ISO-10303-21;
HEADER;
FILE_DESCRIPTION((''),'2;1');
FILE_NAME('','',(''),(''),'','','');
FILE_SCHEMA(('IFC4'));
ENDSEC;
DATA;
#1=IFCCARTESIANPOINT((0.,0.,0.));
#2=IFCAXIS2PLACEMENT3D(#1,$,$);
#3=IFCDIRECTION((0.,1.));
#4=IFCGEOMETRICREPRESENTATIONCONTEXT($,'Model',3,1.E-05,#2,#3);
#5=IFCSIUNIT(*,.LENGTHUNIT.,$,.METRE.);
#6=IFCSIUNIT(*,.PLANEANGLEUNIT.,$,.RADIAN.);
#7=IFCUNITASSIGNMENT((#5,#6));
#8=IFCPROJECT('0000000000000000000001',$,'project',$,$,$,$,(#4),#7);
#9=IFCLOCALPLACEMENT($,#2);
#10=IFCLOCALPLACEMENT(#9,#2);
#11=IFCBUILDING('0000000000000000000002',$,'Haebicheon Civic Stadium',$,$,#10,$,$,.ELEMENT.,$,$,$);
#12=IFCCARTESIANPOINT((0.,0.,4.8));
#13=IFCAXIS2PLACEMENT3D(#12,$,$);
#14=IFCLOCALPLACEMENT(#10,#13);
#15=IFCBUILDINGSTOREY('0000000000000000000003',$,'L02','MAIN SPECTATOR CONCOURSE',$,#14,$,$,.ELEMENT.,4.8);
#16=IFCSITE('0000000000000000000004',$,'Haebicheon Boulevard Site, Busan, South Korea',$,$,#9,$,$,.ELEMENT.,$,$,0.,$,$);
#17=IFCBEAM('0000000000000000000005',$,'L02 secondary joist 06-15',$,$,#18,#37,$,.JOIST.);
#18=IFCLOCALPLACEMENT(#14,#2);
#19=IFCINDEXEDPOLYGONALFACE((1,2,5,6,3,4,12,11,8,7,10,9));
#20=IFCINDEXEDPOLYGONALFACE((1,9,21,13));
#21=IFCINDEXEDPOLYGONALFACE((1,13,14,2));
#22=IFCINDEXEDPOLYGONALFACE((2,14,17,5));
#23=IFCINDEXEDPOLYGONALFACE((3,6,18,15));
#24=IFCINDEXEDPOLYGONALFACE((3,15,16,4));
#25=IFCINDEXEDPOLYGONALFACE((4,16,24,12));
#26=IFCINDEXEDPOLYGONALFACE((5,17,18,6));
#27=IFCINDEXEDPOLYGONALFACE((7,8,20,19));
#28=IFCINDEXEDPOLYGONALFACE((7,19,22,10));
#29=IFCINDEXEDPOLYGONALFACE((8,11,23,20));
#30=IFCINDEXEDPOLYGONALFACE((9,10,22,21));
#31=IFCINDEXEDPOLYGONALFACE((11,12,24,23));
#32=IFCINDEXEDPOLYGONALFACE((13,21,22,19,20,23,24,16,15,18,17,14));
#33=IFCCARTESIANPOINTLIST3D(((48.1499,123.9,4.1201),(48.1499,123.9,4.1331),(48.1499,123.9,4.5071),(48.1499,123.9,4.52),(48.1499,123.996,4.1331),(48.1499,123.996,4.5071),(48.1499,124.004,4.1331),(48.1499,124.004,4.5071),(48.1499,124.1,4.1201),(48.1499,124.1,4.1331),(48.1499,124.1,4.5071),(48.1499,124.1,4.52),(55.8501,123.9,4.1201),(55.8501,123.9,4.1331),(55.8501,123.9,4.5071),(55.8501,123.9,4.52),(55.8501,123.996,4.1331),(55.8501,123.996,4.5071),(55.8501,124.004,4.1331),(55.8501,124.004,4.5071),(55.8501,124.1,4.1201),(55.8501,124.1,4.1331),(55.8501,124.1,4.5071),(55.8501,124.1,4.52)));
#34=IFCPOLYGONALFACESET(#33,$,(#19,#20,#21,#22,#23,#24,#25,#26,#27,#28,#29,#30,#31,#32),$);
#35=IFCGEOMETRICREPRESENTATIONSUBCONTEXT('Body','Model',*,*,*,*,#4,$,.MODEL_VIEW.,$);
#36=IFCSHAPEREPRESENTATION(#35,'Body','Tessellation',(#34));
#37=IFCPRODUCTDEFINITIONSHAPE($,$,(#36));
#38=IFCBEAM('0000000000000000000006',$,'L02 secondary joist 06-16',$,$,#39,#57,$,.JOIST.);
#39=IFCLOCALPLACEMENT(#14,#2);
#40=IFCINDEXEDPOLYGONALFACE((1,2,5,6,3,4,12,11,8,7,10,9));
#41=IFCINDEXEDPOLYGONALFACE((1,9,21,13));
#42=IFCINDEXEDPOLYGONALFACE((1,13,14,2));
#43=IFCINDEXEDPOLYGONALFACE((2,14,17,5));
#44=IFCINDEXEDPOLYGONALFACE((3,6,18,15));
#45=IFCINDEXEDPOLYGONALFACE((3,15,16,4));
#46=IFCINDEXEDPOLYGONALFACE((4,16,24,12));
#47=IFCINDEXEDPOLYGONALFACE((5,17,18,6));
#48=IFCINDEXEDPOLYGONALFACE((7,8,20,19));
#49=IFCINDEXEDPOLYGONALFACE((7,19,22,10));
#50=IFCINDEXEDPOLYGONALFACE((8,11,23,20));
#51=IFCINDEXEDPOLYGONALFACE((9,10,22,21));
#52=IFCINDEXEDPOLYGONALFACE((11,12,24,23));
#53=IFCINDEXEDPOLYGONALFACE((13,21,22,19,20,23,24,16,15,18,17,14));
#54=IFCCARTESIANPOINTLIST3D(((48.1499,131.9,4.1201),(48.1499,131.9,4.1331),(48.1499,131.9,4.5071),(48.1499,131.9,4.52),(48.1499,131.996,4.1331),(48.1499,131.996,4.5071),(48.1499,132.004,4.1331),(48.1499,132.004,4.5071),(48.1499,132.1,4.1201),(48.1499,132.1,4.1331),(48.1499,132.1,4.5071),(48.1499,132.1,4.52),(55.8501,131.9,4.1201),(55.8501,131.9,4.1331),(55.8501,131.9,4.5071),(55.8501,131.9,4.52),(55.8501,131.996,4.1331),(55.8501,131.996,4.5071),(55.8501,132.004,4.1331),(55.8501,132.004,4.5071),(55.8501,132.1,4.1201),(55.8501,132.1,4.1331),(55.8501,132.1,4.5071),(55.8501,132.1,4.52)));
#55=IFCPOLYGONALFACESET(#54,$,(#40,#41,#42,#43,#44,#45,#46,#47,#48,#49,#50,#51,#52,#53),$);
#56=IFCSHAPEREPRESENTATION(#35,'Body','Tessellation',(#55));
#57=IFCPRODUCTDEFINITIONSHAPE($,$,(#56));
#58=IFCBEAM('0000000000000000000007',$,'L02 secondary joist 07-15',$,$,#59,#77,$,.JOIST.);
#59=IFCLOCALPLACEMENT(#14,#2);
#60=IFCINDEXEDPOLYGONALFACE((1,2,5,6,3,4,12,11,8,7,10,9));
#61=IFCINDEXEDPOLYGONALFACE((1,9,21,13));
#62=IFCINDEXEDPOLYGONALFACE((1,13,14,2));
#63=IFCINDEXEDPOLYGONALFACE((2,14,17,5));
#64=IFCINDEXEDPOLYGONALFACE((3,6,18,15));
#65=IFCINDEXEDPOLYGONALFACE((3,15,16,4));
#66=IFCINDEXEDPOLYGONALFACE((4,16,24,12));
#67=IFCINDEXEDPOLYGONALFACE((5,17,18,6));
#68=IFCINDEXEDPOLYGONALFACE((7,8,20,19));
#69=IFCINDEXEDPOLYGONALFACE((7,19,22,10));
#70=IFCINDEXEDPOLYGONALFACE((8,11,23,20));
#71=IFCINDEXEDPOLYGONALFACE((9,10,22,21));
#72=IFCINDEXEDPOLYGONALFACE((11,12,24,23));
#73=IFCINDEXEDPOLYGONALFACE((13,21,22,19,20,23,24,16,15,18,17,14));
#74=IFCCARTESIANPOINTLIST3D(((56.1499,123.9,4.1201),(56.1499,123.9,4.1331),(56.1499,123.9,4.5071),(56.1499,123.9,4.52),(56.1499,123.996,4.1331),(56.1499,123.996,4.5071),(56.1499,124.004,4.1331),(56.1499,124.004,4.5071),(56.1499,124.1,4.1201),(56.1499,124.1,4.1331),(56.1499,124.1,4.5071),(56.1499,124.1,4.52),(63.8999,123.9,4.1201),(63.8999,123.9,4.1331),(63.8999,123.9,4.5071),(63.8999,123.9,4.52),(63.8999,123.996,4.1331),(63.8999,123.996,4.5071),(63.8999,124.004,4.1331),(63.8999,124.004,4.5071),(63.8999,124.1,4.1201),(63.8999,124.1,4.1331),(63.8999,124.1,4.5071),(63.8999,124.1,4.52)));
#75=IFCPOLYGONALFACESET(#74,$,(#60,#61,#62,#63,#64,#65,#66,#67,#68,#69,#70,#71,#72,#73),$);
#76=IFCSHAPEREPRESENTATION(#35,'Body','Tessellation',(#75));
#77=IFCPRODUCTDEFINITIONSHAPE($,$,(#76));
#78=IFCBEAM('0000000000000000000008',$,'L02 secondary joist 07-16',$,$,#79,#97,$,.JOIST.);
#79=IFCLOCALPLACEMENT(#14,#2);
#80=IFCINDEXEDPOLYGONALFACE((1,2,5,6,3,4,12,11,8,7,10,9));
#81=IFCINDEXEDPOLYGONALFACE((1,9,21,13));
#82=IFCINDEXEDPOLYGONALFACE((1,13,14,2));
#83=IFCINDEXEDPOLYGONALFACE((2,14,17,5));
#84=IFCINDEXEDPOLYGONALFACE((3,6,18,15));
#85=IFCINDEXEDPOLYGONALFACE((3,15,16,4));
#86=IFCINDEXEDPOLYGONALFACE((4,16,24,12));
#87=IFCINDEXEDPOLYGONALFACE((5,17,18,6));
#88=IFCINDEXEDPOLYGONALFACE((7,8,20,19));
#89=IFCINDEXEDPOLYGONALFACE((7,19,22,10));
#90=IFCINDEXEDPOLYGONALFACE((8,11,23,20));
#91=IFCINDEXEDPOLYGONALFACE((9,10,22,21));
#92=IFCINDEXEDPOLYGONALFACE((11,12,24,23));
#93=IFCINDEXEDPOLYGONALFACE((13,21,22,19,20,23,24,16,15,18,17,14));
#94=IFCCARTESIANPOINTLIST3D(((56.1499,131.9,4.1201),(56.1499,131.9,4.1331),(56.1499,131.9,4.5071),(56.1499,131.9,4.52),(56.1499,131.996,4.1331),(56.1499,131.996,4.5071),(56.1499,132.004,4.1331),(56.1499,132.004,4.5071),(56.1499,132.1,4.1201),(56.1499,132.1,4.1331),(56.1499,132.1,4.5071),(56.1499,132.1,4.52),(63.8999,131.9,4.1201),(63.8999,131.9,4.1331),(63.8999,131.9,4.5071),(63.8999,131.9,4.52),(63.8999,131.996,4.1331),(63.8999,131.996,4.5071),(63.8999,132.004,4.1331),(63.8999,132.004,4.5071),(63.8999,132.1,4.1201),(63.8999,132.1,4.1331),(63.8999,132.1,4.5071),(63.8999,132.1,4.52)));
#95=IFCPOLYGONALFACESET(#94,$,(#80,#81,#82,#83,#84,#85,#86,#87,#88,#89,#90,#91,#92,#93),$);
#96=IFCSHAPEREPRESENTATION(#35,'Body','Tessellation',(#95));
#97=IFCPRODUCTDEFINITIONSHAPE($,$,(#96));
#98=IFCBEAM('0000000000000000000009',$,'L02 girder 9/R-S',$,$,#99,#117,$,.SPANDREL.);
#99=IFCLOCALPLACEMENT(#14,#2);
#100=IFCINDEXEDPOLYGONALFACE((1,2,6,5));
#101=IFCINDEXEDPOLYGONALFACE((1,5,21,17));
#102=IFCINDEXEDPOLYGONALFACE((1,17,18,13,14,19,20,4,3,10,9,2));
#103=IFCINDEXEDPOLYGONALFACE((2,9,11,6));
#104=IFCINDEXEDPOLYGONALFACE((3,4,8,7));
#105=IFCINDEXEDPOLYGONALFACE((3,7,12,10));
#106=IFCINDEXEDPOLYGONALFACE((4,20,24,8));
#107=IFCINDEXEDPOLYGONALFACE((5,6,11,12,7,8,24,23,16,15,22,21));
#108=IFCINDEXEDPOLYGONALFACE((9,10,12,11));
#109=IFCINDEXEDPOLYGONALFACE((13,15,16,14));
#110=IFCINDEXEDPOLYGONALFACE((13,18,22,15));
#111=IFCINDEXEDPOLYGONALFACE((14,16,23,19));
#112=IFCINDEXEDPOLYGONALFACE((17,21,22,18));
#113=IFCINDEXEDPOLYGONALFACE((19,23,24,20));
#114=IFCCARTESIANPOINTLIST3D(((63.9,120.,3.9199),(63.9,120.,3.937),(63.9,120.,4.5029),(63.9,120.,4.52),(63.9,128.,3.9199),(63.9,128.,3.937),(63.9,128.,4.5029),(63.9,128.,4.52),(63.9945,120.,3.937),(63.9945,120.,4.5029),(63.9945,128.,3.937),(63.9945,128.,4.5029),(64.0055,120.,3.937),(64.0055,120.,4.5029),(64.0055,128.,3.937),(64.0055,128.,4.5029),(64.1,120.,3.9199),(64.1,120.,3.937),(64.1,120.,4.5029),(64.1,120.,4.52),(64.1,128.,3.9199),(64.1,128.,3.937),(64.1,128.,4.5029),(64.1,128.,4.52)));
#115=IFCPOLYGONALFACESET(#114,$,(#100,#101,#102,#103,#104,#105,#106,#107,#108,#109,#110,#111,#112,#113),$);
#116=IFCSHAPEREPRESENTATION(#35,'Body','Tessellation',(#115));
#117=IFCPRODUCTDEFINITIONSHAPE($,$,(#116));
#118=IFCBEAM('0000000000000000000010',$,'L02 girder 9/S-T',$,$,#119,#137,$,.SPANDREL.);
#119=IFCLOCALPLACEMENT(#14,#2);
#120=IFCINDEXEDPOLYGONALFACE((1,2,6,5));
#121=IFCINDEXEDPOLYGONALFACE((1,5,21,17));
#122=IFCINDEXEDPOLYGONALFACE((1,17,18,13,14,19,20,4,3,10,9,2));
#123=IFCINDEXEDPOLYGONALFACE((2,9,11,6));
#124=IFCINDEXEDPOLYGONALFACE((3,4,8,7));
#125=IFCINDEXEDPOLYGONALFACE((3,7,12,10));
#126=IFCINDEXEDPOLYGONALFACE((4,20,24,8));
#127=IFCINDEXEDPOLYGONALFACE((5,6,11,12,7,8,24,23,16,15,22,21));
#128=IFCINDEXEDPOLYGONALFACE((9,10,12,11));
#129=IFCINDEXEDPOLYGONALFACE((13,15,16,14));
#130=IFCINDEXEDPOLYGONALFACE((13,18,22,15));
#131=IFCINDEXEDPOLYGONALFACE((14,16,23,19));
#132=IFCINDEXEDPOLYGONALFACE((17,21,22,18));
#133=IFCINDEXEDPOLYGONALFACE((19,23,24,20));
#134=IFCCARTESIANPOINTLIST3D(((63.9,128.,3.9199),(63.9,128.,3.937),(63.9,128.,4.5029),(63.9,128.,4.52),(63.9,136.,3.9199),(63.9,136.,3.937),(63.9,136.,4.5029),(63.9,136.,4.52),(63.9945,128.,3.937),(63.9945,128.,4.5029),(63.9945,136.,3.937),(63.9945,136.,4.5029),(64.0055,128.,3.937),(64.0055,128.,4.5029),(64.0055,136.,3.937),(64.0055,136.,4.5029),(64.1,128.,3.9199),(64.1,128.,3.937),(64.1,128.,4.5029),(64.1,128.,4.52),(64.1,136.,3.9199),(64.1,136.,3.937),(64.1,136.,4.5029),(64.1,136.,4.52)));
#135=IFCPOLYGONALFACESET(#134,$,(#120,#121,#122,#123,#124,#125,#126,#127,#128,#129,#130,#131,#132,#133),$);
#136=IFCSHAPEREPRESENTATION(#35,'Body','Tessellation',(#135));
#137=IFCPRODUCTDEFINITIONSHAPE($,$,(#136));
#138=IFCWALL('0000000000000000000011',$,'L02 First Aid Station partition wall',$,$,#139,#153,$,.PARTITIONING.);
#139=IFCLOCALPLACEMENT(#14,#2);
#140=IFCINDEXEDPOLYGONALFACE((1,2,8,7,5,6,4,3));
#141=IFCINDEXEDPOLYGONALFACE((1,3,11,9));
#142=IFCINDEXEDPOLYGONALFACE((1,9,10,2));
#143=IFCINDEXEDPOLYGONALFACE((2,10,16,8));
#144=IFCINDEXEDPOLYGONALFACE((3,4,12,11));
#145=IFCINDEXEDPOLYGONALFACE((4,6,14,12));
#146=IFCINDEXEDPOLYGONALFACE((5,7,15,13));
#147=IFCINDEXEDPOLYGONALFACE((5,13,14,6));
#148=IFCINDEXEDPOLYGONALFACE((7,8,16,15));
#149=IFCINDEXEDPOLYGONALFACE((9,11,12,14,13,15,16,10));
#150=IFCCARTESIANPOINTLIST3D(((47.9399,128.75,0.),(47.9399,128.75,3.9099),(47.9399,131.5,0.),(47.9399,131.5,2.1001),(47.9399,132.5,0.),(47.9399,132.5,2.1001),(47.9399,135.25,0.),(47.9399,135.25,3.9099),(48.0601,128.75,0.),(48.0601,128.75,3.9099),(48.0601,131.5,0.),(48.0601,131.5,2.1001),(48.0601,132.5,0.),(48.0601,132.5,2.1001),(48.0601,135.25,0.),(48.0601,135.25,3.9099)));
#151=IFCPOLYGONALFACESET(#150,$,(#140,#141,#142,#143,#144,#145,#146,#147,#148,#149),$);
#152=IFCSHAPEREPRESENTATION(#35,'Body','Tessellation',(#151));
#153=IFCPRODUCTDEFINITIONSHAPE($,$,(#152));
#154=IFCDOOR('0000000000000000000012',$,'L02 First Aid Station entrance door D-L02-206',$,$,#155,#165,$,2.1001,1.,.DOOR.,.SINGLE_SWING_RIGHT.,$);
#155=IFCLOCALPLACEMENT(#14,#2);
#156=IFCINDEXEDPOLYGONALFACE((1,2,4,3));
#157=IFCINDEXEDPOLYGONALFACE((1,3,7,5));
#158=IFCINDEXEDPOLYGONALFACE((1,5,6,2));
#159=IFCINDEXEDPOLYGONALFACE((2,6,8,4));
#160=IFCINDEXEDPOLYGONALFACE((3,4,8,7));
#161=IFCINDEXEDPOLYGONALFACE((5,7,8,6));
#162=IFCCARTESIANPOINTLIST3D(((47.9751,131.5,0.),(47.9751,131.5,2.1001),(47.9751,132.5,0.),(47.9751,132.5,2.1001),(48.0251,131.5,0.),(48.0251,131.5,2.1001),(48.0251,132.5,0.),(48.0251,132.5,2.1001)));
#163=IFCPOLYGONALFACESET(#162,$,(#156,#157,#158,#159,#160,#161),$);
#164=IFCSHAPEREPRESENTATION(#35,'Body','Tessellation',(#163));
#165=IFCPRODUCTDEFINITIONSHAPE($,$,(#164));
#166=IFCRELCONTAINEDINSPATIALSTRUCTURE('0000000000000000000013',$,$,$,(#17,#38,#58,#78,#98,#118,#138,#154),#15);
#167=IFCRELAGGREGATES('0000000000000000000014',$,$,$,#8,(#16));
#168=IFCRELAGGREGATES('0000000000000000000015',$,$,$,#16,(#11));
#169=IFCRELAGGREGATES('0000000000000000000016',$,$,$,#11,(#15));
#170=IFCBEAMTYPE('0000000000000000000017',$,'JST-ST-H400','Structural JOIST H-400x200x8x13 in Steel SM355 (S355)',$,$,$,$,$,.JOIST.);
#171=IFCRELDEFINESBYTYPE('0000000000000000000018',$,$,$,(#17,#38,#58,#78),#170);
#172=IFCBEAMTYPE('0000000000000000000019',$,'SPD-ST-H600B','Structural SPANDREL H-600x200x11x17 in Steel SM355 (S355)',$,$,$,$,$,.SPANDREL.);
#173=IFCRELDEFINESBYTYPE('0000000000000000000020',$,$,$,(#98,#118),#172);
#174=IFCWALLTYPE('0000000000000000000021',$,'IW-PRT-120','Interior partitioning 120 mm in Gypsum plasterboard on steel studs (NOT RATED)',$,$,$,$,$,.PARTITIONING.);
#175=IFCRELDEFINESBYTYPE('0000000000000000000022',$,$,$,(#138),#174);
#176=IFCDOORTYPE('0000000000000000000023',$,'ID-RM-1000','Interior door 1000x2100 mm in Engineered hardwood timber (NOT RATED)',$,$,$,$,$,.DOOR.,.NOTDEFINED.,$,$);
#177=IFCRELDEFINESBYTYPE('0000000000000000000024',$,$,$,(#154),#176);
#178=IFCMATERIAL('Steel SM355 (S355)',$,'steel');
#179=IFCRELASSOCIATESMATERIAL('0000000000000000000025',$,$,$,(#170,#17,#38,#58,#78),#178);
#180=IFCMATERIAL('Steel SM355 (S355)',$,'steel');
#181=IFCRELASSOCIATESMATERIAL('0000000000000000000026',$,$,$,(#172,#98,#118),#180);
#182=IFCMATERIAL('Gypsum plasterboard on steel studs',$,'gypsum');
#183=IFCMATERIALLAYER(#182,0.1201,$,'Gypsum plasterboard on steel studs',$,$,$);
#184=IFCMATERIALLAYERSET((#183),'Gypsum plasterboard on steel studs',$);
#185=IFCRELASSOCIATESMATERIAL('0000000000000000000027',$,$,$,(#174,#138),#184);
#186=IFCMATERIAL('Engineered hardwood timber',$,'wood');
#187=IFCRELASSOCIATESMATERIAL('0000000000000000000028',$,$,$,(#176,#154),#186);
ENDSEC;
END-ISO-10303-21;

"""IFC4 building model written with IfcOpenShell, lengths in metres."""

from ifc_helpers import new_model, si_unit, direction, frame, frame_2d, origin, origin_2d, place, context, subcontext, project, spatial, rectangle, i_section, extrude, material, layer, layer_set, material_profile, profile_set, type_object, element, fill, save


model = new_model("IFC4")

# Units and contexts
model_context = context("Model", 3, precision=1e-05, world=origin(), true_north=direction((0.0, 1.0)))
body_context = subcontext(model_context, "Body", "Model", "MODEL_VIEW")
ifc_project = project(units=[si_unit("LENGTHUNIT", "METRE"), si_unit("PLANEANGLEUNIT", "RADIAN")], contexts=[model_context])

# Site, building, storey
site_placement = place(None, origin())
site = spatial("IfcSite", under=ifc_project, at=site_placement, Name="Haebicheon Boulevard Site, Busan, South Korea", CompositionType="ELEMENT", RefElevation=0.0)
building_placement = place(site_placement, origin())
building = spatial("IfcBuilding", under=site, at=building_placement, Name="Haebicheon Civic Stadium", CompositionType="ELEMENT")
storey_placement = place(building_placement, frame((0.0, 0.0, 4.8)))
storey = spatial("IfcBuildingStorey", under=building, at=storey_placement, Name="L02", Description="MAIN SPECTATOR CONCOURSE", CompositionType="ELEMENT", Elevation=4.8)

# Beams
ifc_material_1 = material(Name="Steel SM355 (S355)", Category="steel")
ifc_material_profile_1 = material_profile(ifc_material_1, i_section(OverallWidth=0.2, OverallDepth=0.3999, WebThickness=0.0081, FlangeThickness=0.0129, at=origin_2d()), Name="H-400x200x8x13")
ifc_profile_set_1 = profile_set([ifc_material_profile_1], Name="Steel SM355 (S355)")
beam_type_1 = type_object("IfcBeamType", Name="JST-ST-H400", Description="Structural JOIST H-400x200x8x13 in Steel SM355 (S355)", PredefinedType="JOIST", material=ifc_profile_set_1)
for number, where, z_axis, x_axis, name in (
    (1, (48.1499, 124.0, 4.3201), (1.0, 0.0, 0.0), (0.0, 1.0, 0.0), "L02 secondary joist 06-15"),
    (2, (48.1499, 132.0, 4.3201), (1.0, 0.0, 0.0), (0.0, 1.0, 0.0), "L02 secondary joist 06-16"),
):
    element("IfcBeam", number, at=place(storey_placement, frame(where, z_axis=z_axis, x_axis=x_axis)), inside=storey, type_object=beam_type_1, material=ifc_profile_set_1, Name=name, PredefinedType="JOIST", context=body_context, shape_type="SweptSolid", body=[
        extrude(i_section(OverallWidth=0.2, OverallDepth=0.3999, WebThickness=0.0081, FlangeThickness=0.0129, at=origin_2d()), origin(), (0.0, 0.0, 1.0), 7.7002),
    ])
for number, where, z_axis, x_axis, name in (
    (3, (56.1499, 124.0, 4.3201), (1.0, 0.0, 0.0), (0.0, 1.0, 0.0), "L02 secondary joist 07-15"),
    (4, (56.1499, 132.0, 4.3201), (1.0, 0.0, 0.0), (0.0, 1.0, 0.0), "L02 secondary joist 07-16"),
):
    element("IfcBeam", number, at=place(storey_placement, frame(where, z_axis=z_axis, x_axis=x_axis)), inside=storey, type_object=beam_type_1, material=ifc_profile_set_1, Name=name, PredefinedType="JOIST", context=body_context, shape_type="SweptSolid", body=[
        extrude(i_section(OverallWidth=0.2, OverallDepth=0.3999, WebThickness=0.0081, FlangeThickness=0.0129, at=origin_2d()), origin(), (0.0, 0.0, 1.0), 7.75),
    ])
ifc_material_2 = material(Name="Steel SM355 (S355)", Category="steel")
ifc_material_profile_2 = material_profile(ifc_material_2, i_section(OverallWidth=0.2, OverallDepth=0.6001, WebThickness=0.011, FlangeThickness=0.0171, at=origin_2d()), Name="H-600x200x11x17")
ifc_profile_set_2 = profile_set([ifc_material_profile_2], Name="Steel SM355 (S355)")
beam_type_2 = type_object("IfcBeamType", Name="SPD-ST-H600B", Description="Structural SPANDREL H-600x200x11x17 in Steel SM355 (S355)", PredefinedType="SPANDREL", material=ifc_profile_set_2)
for number, where, z_axis, x_axis, name in (
    (5, (64.0, 120.0, 4.22), (0.0, 1.0, 0.0), (-1.0, 0.0, 0.0), "L02 girder 9/R-S"),
    (6, (64.0, 128.0, 4.22), (0.0, 1.0, 0.0), (-1.0, 0.0, 0.0), "L02 girder 9/S-T"),
):
    element("IfcBeam", number, at=place(storey_placement, frame(where, z_axis=z_axis, x_axis=x_axis)), inside=storey, type_object=beam_type_2, material=ifc_profile_set_2, Name=name, PredefinedType="SPANDREL", context=body_context, shape_type="SweptSolid", body=[
        extrude(i_section(OverallWidth=0.2, OverallDepth=0.6001, WebThickness=0.011, FlangeThickness=0.0171, at=origin_2d()), origin(), (0.0, 0.0, 1.0), 8.0),
    ])

# Wall, opening, door
ifc_material_3 = material(Name="Gypsum plasterboard on steel studs", Category="gypsum")
ifc_layer_1 = layer(ifc_material_3, 0.1201, Name="Gypsum plasterboard on steel studs")
ifc_layer_set_1 = layer_set([ifc_layer_1], Name="Gypsum plasterboard on steel studs")
wall_type_1 = type_object("IfcWallType", Name="IW-PRT-120", Description="Interior partitioning 120 mm in Gypsum plasterboard on steel studs (NOT RATED)", PredefinedType="PARTITIONING", material=ifc_layer_set_1)
wall_1_placement = place(storey_placement, frame((48.0, 128.75, 0.0), z_axis=(0.0, 0.0, 1.0), x_axis=(0.0, 1.0, 0.0)))
wall_1 = element("IfcWall", 7, at=wall_1_placement, inside=storey, type_object=wall_type_1, material=ifc_layer_set_1, Name="L02 First Aid Station partition wall", PredefinedType="PARTITIONING", context=body_context, shape_type="SweptSolid", body=[
    extrude(rectangle(XDim=6.5, YDim=0.1201, at=frame_2d((3.25, 0.0))), origin(), (0.0, 0.0, 1.0), 3.9099),
])
opening_1_placement = place(wall_1_placement, frame((2.75, 0.0, 0.0)))
opening_1 = element("IfcOpeningElement", 8, at=opening_1_placement, cuts=wall_1, PredefinedType="OPENING", context=body_context, shape_type="SweptSolid", body=[
    extrude(rectangle(XDim=1.0, YDim=2.1001, at=frame_2d((0.5, 1.05))), frame((0.0, 0.0701, 0.0), z_axis=(0.0, -1.0, 0.0), x_axis=(1.0, 0.0, 0.0)), (0.0, 0.0, 1.0), 0.1401),
])
ifc_material_4 = material(Name="Engineered hardwood timber", Category="wood")
door_type_1 = type_object("IfcDoorType", Name="ID-RM-1000", Description="Interior door 1000x2100 mm in Engineered hardwood timber (NOT RATED)", OperationType="NOTDEFINED", PredefinedType="DOOR", material=ifc_material_4)
door_1_placement = place(opening_1_placement, origin())
door_1 = element("IfcDoor", 9, at=door_1_placement, inside=storey, type_object=door_type_1, material=ifc_material_4, Name="L02 First Aid Station entrance door D-L02-206", OperationType="SINGLE_SWING_RIGHT", OverallHeight=2.1001, OverallWidth=1.0, PredefinedType="DOOR", context=body_context, shape_type="SweptSolid", body=[
    extrude(rectangle(XDim=1.0, YDim=2.1001, at=frame_2d((0.5, 1.05))), frame((0.0, 0.0249, 0.0), z_axis=(0.0, -1.0, 0.0), x_axis=(1.0, 0.0, 0.0)), (0.0, 0.0, 1.0), 0.05),
])
fill(opening_1, door_1)

save(model, "model.ifc")
